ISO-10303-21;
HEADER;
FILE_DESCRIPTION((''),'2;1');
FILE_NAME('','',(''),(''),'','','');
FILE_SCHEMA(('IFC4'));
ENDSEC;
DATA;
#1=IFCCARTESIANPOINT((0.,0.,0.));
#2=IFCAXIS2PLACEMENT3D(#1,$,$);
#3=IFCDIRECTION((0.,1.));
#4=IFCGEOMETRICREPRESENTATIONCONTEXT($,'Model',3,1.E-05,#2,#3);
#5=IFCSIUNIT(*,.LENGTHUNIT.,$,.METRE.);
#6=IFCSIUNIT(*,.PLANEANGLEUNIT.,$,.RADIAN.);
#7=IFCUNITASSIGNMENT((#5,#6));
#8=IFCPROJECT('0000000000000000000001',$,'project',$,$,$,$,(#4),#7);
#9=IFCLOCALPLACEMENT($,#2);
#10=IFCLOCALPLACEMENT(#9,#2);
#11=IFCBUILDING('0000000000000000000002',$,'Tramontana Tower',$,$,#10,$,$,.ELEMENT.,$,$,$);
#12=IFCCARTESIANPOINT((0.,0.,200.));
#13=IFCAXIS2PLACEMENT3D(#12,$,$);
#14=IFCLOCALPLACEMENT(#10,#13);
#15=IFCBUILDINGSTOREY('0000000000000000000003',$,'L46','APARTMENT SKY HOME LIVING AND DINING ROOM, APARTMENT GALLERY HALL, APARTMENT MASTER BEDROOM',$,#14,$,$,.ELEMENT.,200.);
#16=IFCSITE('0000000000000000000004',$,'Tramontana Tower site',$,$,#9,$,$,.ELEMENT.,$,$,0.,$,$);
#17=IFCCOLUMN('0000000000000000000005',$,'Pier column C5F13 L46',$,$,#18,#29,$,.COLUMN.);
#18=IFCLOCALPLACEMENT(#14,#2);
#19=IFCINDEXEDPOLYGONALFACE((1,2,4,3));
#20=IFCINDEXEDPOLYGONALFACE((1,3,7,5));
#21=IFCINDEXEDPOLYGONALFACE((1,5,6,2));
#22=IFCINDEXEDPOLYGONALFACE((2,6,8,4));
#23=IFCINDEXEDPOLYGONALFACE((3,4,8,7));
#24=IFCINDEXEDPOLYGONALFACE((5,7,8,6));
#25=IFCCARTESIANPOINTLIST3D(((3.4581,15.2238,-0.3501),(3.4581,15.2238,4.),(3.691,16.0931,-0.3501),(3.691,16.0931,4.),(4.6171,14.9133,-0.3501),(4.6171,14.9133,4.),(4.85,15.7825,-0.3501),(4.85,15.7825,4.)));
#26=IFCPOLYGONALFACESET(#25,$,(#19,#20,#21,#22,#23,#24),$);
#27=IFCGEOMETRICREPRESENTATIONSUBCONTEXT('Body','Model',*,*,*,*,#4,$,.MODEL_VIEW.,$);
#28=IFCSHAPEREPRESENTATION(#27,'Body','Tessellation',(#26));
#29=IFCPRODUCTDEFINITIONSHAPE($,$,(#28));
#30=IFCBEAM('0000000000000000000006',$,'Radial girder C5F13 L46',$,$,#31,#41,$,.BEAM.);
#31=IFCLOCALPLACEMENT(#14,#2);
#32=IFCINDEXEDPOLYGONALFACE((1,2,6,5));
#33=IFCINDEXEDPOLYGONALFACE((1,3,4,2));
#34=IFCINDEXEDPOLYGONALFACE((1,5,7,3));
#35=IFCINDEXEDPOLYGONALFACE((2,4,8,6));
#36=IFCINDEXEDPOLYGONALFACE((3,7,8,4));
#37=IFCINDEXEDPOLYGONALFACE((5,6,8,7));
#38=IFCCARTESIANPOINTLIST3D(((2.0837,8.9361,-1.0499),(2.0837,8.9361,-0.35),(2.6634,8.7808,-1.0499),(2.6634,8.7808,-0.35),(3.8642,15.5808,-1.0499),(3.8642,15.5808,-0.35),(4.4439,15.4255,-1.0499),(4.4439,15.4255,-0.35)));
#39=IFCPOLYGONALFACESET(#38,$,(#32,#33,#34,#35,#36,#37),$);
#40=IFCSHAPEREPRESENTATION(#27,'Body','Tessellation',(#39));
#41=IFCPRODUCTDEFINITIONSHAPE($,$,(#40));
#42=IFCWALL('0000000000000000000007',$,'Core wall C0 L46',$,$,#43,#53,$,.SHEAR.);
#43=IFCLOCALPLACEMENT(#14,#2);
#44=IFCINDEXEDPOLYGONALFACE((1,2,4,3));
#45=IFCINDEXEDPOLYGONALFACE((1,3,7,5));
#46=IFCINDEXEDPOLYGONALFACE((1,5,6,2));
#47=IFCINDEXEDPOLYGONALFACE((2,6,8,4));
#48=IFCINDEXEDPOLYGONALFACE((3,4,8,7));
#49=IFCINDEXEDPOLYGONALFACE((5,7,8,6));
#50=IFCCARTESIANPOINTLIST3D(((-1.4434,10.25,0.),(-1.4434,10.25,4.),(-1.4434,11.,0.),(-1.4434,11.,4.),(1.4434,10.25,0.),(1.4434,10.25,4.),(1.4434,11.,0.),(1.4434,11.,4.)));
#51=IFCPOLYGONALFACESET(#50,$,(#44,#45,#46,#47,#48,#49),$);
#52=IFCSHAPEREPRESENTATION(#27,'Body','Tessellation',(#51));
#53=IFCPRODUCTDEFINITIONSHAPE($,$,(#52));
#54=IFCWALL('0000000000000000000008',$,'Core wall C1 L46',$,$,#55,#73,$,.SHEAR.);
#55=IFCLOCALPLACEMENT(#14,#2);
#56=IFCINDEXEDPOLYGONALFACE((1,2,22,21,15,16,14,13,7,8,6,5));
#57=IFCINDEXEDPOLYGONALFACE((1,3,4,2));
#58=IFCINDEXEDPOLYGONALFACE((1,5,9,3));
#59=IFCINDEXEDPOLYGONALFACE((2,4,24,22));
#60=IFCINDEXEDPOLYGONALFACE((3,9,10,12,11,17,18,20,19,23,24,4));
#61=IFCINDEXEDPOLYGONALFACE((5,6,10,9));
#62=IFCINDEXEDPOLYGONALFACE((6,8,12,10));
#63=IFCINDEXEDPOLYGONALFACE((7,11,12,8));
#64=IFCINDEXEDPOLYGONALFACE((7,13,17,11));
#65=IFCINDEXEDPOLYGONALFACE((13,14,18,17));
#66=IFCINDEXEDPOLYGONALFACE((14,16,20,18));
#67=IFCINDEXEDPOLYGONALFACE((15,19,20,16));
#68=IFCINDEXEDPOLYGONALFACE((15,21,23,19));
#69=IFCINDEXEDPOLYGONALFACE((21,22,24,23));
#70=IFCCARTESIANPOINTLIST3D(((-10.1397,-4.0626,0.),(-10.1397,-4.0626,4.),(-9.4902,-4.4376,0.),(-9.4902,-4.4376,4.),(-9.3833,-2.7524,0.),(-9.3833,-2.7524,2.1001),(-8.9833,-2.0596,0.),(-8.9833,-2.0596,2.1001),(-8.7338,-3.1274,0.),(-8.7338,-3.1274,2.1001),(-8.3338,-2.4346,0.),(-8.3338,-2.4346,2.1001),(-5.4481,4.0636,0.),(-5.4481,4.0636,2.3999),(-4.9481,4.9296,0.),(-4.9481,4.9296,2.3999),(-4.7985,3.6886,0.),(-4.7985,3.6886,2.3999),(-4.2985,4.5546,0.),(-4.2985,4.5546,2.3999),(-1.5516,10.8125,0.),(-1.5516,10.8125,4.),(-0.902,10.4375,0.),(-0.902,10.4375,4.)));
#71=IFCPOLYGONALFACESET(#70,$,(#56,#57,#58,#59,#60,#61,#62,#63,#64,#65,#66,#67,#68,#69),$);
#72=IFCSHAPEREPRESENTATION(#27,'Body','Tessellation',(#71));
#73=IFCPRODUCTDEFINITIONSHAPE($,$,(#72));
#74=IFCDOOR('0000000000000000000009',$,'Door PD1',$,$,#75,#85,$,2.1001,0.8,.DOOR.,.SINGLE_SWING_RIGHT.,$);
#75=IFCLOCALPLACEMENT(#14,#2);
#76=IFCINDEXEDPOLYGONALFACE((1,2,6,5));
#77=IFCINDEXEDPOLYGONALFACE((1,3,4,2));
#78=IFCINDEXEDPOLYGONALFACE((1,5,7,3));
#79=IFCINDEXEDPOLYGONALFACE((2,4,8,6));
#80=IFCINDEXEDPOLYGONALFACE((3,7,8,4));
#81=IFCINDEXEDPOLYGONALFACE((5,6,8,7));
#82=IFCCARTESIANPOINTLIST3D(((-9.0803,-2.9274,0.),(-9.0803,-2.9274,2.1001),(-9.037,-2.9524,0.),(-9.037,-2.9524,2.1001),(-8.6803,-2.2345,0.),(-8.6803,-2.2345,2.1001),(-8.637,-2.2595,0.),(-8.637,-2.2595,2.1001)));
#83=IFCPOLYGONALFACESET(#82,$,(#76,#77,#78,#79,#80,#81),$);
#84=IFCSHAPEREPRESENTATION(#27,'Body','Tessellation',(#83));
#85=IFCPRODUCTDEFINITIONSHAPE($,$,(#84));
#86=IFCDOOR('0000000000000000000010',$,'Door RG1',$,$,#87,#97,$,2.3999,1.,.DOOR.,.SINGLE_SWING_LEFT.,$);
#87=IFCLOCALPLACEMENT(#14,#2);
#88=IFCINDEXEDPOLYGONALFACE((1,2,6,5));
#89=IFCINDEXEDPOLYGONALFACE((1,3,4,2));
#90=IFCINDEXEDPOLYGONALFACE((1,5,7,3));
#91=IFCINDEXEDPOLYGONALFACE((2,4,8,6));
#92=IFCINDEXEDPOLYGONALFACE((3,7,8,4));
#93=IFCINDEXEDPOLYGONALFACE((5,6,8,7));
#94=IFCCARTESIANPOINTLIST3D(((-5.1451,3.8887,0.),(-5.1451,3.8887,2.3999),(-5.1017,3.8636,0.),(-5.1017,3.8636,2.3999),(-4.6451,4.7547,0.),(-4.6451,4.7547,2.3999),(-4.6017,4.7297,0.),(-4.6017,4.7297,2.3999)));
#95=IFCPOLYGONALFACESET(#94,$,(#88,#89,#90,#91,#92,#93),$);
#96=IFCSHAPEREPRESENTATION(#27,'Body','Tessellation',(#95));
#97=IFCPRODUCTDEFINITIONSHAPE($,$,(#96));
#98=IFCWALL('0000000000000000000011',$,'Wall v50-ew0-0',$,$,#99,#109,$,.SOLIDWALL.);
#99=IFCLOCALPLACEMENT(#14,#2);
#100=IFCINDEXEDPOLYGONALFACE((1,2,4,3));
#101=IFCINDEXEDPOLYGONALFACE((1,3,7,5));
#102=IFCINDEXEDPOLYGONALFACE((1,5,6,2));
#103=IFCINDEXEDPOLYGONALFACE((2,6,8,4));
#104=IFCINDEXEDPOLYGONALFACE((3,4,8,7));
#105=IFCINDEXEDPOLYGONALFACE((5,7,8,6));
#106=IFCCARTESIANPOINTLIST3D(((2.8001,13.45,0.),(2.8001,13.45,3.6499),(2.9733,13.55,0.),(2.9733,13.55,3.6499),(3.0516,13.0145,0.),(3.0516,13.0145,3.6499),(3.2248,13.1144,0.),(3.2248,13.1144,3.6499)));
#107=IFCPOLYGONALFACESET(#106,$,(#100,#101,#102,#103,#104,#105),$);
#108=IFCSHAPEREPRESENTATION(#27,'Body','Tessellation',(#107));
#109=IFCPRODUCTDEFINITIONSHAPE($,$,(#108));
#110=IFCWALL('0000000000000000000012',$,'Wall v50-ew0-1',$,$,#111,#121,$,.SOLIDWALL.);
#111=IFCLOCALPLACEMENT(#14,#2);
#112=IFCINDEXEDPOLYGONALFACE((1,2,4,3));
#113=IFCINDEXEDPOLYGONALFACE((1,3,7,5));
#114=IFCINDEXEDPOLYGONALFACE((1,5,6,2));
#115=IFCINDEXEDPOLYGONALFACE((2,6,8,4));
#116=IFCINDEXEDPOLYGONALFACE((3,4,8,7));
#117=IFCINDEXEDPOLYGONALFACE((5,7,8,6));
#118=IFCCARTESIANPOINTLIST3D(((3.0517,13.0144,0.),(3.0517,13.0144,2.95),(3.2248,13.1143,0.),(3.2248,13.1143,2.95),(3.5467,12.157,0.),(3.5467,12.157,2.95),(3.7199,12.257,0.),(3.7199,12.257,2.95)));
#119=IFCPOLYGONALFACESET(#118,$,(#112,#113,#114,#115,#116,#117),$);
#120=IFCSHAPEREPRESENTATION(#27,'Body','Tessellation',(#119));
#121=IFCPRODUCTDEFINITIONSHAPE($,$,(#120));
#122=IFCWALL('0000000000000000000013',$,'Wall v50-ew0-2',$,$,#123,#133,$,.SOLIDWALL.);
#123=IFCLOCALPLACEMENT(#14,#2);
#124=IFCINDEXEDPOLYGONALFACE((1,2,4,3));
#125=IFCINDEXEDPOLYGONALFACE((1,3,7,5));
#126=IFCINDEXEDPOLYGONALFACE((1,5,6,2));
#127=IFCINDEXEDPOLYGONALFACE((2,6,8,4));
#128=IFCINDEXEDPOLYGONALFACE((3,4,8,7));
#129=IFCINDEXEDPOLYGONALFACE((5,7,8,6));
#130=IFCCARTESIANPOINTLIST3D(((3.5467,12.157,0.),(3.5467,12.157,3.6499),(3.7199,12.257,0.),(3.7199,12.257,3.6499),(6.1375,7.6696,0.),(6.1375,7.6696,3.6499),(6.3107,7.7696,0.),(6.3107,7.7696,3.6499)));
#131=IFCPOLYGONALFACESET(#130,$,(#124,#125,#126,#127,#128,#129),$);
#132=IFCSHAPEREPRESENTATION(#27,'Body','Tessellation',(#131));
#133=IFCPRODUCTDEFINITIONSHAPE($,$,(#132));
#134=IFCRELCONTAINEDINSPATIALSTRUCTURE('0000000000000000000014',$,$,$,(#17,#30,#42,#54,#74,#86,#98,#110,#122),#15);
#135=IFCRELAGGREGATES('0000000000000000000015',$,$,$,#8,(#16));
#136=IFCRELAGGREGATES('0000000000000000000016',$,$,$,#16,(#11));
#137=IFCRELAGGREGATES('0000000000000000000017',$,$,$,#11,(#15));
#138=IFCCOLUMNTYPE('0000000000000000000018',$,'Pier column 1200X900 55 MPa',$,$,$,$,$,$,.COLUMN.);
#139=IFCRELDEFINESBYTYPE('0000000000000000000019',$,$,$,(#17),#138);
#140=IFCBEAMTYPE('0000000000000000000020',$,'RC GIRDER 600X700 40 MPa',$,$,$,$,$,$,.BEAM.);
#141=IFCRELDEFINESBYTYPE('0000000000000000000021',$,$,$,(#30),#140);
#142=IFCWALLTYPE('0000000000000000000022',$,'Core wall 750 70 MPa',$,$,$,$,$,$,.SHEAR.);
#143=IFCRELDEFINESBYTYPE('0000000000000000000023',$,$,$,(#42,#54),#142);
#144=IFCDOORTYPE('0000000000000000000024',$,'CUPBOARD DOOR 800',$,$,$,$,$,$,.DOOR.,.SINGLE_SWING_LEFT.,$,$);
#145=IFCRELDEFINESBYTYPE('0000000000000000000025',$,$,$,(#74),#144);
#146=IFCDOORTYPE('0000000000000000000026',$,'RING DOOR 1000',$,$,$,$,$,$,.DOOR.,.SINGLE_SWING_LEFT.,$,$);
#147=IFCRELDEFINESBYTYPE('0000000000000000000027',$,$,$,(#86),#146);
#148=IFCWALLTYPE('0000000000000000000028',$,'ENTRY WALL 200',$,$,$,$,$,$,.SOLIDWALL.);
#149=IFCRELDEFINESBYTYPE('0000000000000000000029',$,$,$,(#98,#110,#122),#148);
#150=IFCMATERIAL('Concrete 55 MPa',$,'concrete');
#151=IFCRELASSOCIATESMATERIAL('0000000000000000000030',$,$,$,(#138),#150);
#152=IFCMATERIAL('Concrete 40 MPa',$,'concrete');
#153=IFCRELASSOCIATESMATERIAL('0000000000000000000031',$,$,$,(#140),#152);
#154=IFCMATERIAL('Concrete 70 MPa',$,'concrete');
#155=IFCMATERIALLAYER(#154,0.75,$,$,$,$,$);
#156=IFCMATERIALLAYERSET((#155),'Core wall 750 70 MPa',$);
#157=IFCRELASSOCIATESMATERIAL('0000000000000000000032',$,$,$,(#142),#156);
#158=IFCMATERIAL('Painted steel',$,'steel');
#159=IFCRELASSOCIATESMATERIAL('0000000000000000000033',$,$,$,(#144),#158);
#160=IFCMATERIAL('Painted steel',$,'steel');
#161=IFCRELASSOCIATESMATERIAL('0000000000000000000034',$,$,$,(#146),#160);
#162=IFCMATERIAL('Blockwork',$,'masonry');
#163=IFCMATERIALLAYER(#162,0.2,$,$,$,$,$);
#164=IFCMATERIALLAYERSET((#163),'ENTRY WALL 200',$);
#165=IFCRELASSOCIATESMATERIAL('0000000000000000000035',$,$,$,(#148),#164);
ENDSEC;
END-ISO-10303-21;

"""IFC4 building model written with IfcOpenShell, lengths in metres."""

from ifc_helpers import new_model, si_unit, direction, frame, frame_2d, origin, origin_2d, place, context, subcontext, project, spatial, rectangle, extrude, material, layer, layer_set, material_profile, profile_set, type_object, element, fill, save


model = new_model("IFC4")

# Units and contexts
model_context = context("Model", 3, precision=1e-05, world=origin(), true_north=direction((0.0, 1.0)))
body_context = subcontext(model_context, "Body", "Model", "MODEL_VIEW")
ifc_project = project(units=[si_unit("LENGTHUNIT", "METRE"), si_unit("PLANEANGLEUNIT", "RADIAN")], contexts=[model_context])

# Site, building, storey
site_placement = place(None, origin())
site = spatial("IfcSite", under=ifc_project, at=site_placement, Name="Tramontana Tower site", CompositionType="ELEMENT", RefElevation=0.0)
building_placement = place(site_placement, origin())
building = spatial("IfcBuilding", under=site, at=building_placement, Name="Tramontana Tower", CompositionType="ELEMENT")
storey_placement = place(building_placement, frame((0.0, 0.0, 200.0)))
storey = spatial("IfcBuildingStorey", under=building, at=storey_placement, Name="L46", Description="APARTMENT SKY HOME LIVING AND DINING ROOM, APARTMENT GALLERY HALL, APARTMENT MASTER BEDROOM", CompositionType="ELEMENT", Elevation=200.0)

# Column
ifc_material_1 = material(Name="Concrete 55 MPa", Category="concrete")
ifc_material_profile_1 = material_profile(ifc_material_1, rectangle(XDim=1.2, YDim=0.8999, at=origin_2d()), Name="Pier column 1200X900 55 MPa")
ifc_profile_set_1 = profile_set([ifc_material_profile_1], Name="Concrete 55 MPa")
column_type = type_object("IfcColumnType", Name="Pier column 1200X900 55 MPa", PredefinedType="COLUMN", material=ifc_profile_set_1)
column_placement = place(storey_placement, frame((4.1541, 15.5032, -0.3501), z_axis=(0.0, 0.0, 1.0), x_axis=(-0.965926, 0.258819, 0.0)))
element("IfcColumn", 1, at=column_placement, inside=storey, type_object=column_type, Name="Pier column C5F13 L46", PredefinedType="COLUMN", context=body_context, shape_type="SweptSolid", body=[
    extrude(rectangle(XDim=1.2, YDim=0.8999, at=origin_2d()), origin(), (0.0, 0.0, 1.0), 4.3501),
])

# Beam
ifc_material_2 = material(Name="Concrete 40 MPa", Category="concrete")
ifc_material_profile_2 = material_profile(ifc_material_2, rectangle(XDim=0.6001, YDim=0.7, at=origin_2d()), Name="RC GIRDER 600X700 40 MPa")
ifc_profile_set_2 = profile_set([ifc_material_profile_2], Name="Concrete 40 MPa")
beam_type = type_object("IfcBeamType", Name="RC GIRDER 600X700 40 MPa", PredefinedType="BEAM", material=ifc_profile_set_2)
beam_placement = place(storey_placement, frame((4.1541, 15.5032, -0.7), z_axis=(-0.258827, -0.965924, 0.0), x_axis=(0.965924, -0.258827, 0.0)))
element("IfcBeam", 2, at=beam_placement, inside=storey, type_object=beam_type, Name="Radial girder C5F13 L46", PredefinedType="BEAM", context=body_context, shape_type="SweptSolid", body=[
    extrude(rectangle(XDim=0.6001, YDim=0.7, at=origin_2d()), origin(), (0.0, 0.0, 1.0), 6.8792),
])

# Wall
ifc_material_3 = material(Name="Concrete 70 MPa", Category="concrete")
ifc_layer_1 = layer(ifc_material_3, 0.75)
ifc_layer_set_1 = layer_set([ifc_layer_1], Name="Core wall 750 70 MPa")
wall_type_1 = type_object("IfcWallType", Name="Core wall 750 70 MPa", PredefinedType="SHEAR", material=ifc_layer_set_1)
wall_1_placement = place(storey_placement, frame((1.4434, 10.625, 0.0), z_axis=(0.0, 0.0, 1.0), x_axis=(-1.0, 0.0, 0.0)))
element("IfcWall", 3, at=wall_1_placement, inside=storey, type_object=wall_type_1, Name="Core wall C0 L46", PredefinedType="SHEAR", context=body_context, shape_type="SweptSolid", body=[
    extrude(rectangle(XDim=2.8867, YDim=0.75, at=frame_2d((1.4434, 0.0))), origin(), (0.0, 0.0, 1.0), 4.0),
])

# Wall, openings, doors
wall_2_placement = place(storey_placement, frame((-1.2268, 10.625, 0.0), z_axis=(0.0, 0.0, 1.0), x_axis=(-0.500002, -0.866024, 0.0)))
wall_2 = element("IfcWall", 4, at=wall_2_placement, inside=storey, type_object=wall_type_1, Name="Core wall C1 L46", PredefinedType="SHEAR", context=body_context, shape_type="SweptSolid", body=[
    extrude(rectangle(XDim=17.1763, YDim=0.75, at=frame_2d((8.5881, 0.0))), origin(), (0.0, 0.0, 1.0), 4.0),
])
opening_1_placement = place(wall_2_placement, frame((6.793, 0.0, 0.0)))
opening_1 = element("IfcOpeningElement", 5, at=opening_1_placement, cuts=wall_2, PredefinedType="OPENING", context=body_context, shape_type="SweptSolid", body=[
    extrude(rectangle(XDim=1.0, YDim=2.3999, at=frame_2d((0.5, 1.2))), frame((0.0, 0.385, 0.0), z_axis=(0.0, -1.0, 0.0), x_axis=(1.0, 0.0, 0.0)), (0.0, 0.0, 1.0), 0.77),
])
opening_2_placement = place(wall_2_placement, frame((14.8635, 0.0, 0.0)))
opening_2 = element("IfcOpeningElement", 6, at=opening_2_placement, cuts=wall_2, PredefinedType="OPENING", context=body_context, shape_type="SweptSolid", body=[
    extrude(rectangle(XDim=0.8, YDim=2.1001, at=frame_2d((0.3999, 1.05))), frame((0.0, 0.385, 0.0), z_axis=(0.0, -1.0, 0.0), x_axis=(1.0, 0.0, 0.0)), (0.0, 0.0, 1.0), 0.77),
])
ifc_material_4 = material(Name="Painted steel", Category="steel")
door_type_1 = type_object("IfcDoorType", Name="CUPBOARD DOOR 800", OperationType="SINGLE_SWING_LEFT", PredefinedType="DOOR", material=ifc_material_4)
door_1_placement = place(opening_2_placement, origin())
door_1 = element("IfcDoor", 7, at=door_1_placement, inside=storey, type_object=door_type_1, Name="Door PD1", OperationType="SINGLE_SWING_RIGHT", OverallHeight=2.1001, OverallWidth=0.8, PredefinedType="DOOR", context=body_context, shape_type="SweptSolid", body=[
    extrude(rectangle(XDim=0.8, YDim=2.1001, at=frame_2d((0.3999, 1.05))), frame((0.0, 0.0249, 0.0), z_axis=(0.0, -1.0, 0.0), x_axis=(1.0, 0.0, 0.0)), (0.0, 0.0, 1.0), 0.05),
])
fill(opening_2, door_1)
ifc_material_5 = material(Name="Painted steel", Category="steel")
door_type_2 = type_object("IfcDoorType", Name="RING DOOR 1000", OperationType="SINGLE_SWING_LEFT", PredefinedType="DOOR", material=ifc_material_5)
door_2_placement = place(opening_1_placement, origin())
door_2 = element("IfcDoor", 8, at=door_2_placement, inside=storey, type_object=door_type_2, Name="Door RG1", OperationType="SINGLE_SWING_LEFT", OverallHeight=2.3999, OverallWidth=1.0, PredefinedType="DOOR", context=body_context, shape_type="SweptSolid", body=[
    extrude(rectangle(XDim=1.0, YDim=2.3999, at=frame_2d((0.5, 1.2))), frame((0.0, 0.0249, 0.0), z_axis=(0.0, -1.0, 0.0), x_axis=(1.0, 0.0, 0.0)), (0.0, 0.0, 1.0), 0.05),
])
fill(opening_1, door_2)

# Walls
ifc_material_6 = material(Name="Blockwork", Category="masonry")
ifc_layer_2 = layer(ifc_material_6, 0.2)
ifc_layer_set_2 = layer_set([ifc_layer_2], Name="ENTRY WALL 200")
wall_type_2 = type_object("IfcWallType", Name="ENTRY WALL 200", PredefinedType="SOLIDWALL", material=ifc_layer_set_2)
wall_3_placement = place(storey_placement, frame((2.8867, 13.5, 0.0), z_axis=(0.0, 0.0, 1.0), x_axis=(0.500003, -0.866024, 0.0)))
element("IfcWall", 9, at=wall_3_placement, inside=storey, type_object=wall_type_2, Name="Wall v50-ew0-0", PredefinedType="SOLIDWALL", context=body_context, shape_type="SweptSolid", body=[
    extrude(rectangle(XDim=0.5029, YDim=0.2, at=frame_2d((0.2515, 0.0))), origin(), (0.0, 0.0, 1.0), 3.6499),
])
wall_4_placement = place(storey_placement, frame((3.1382, 13.0645, 0.0), z_axis=(0.0, 0.0, 1.0), x_axis=(0.500064, -0.865988, 0.0)))
element("IfcWall", 10, at=wall_4_placement, inside=storey, type_object=wall_type_2, Name="Wall v50-ew0-1", PredefinedType="SOLIDWALL", context=body_context, shape_type="SweptSolid", body=[
    extrude(rectangle(XDim=0.99, YDim=0.2, at=frame_2d((0.4951, 0.0))), origin(), (0.0, 0.0, 1.0), 2.95),
])
wall_5_placement = place(storey_placement, frame((3.6333, 12.207, 0.0), z_axis=(0.0, 0.0, 1.0), x_axis=(0.49999, -0.866031, 0.0)))
element("IfcWall", 11, at=wall_5_placement, inside=storey, type_object=wall_type_2, Name="Wall v50-ew0-2", PredefinedType="SOLIDWALL", context=body_context, shape_type="SweptSolid", body=[
    extrude(rectangle(XDim=5.1816, YDim=0.2, at=frame_2d((2.5908, 0.0))), origin(), (0.0, 0.0, 1.0), 3.6499),
])

save(model, "model.ifc")
